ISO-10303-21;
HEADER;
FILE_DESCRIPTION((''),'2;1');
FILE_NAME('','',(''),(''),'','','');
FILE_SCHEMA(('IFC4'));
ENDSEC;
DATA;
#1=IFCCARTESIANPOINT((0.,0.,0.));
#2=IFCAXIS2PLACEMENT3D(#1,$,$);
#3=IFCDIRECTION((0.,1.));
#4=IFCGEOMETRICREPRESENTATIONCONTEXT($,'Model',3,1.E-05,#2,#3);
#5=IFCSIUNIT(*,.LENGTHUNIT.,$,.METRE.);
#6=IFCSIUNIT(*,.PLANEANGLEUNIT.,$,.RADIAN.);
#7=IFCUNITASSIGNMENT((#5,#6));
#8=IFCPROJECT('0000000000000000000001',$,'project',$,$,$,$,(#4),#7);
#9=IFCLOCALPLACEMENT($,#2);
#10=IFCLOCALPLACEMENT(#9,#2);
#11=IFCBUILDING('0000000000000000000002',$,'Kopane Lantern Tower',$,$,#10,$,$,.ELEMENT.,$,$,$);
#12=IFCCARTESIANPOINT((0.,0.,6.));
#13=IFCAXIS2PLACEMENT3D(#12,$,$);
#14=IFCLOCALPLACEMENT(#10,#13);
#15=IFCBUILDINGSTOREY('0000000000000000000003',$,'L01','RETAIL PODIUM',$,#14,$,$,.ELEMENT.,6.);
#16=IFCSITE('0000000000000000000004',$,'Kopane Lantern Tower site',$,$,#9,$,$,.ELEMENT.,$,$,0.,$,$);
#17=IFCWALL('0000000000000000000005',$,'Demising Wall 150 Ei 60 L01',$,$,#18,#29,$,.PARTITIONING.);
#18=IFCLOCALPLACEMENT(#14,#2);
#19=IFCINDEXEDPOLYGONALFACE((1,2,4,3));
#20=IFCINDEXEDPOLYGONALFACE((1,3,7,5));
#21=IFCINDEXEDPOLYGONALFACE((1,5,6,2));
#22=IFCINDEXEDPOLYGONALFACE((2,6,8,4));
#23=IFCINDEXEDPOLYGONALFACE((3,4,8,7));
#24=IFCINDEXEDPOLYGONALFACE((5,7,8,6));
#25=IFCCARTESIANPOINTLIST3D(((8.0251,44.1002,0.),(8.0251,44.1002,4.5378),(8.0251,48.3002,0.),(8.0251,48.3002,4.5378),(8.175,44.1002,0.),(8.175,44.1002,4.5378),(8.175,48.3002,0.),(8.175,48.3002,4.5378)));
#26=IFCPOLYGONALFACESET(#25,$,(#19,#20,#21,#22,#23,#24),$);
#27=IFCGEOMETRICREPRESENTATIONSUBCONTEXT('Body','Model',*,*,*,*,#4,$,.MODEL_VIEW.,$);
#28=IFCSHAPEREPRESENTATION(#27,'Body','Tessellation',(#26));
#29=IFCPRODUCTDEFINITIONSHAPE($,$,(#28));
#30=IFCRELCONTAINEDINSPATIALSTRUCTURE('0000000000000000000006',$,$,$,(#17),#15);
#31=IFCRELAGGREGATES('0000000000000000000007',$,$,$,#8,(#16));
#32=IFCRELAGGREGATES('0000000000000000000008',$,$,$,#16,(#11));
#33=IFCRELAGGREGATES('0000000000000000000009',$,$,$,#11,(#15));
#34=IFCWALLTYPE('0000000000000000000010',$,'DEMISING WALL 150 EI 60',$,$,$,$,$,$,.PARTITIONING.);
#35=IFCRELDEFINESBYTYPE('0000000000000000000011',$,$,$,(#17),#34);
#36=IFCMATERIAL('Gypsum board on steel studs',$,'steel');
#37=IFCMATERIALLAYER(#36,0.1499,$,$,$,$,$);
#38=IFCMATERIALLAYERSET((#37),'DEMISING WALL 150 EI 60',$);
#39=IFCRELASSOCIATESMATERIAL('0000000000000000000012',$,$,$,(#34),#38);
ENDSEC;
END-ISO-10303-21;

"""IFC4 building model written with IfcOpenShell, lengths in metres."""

from ifc_helpers import new_model, si_unit, direction, frame, frame_2d, origin, place, context, subcontext, project, spatial, rectangle, extrude, material, layer, layer_set, type_object, element, save


model = new_model("IFC4")

# Units and contexts
model_context = context("Model", 3, precision=1e-05, world=origin(), true_north=direction((0.0, 1.0)))
body_context = subcontext(model_context, "Body", "Model", "MODEL_VIEW")
ifc_project = project(units=[si_unit("LENGTHUNIT", "METRE"), si_unit("PLANEANGLEUNIT", "RADIAN")], contexts=[model_context])

# Site, building, storey
site_placement = place(None, origin())
site = spatial("IfcSite", under=ifc_project, at=site_placement, Name="Kopane Lantern Tower site", CompositionType="ELEMENT", RefElevation=0.0)
building_placement = place(site_placement, origin())
building = spatial("IfcBuilding", under=site, at=building_placement, Name="Kopane Lantern Tower", CompositionType="ELEMENT")
storey_placement = place(building_placement, frame((0.0, 0.0, 6.0)))
storey = spatial("IfcBuildingStorey", under=building, at=storey_placement, Name="L01", Description="RETAIL PODIUM", CompositionType="ELEMENT", Elevation=6.0)

# Wall
ifc_material_1 = material(Name="Gypsum board on steel studs", Category="steel")
ifc_layer_1 = layer(ifc_material_1, 0.1499)
ifc_layer_set_1 = layer_set([ifc_layer_1], Name="DEMISING WALL 150 EI 60")
wall_type_1 = type_object("IfcWallType", Name="DEMISING WALL 150 EI 60", PredefinedType="PARTITIONING", material=ifc_layer_set_1)
wall_1_placement = place(storey_placement, frame((8.1001, 44.1001, 0.0), z_axis=(0.0, 0.0, 1.0), x_axis=(0.0, 1.0, 0.0)))
element("IfcWall", 1, at=wall_1_placement, inside=storey, type_object=wall_type_1, Name="Demising Wall 150 Ei 60 L01", PredefinedType="PARTITIONING", context=body_context, shape_type="SweptSolid", body=[
    extrude(rectangle(XDim=4.2, YDim=0.1499, at=frame_2d((2.1001, 0.0))), origin(), (0.0, 0.0, 1.0), 4.5378),
])

save(model, "model.ifc")
